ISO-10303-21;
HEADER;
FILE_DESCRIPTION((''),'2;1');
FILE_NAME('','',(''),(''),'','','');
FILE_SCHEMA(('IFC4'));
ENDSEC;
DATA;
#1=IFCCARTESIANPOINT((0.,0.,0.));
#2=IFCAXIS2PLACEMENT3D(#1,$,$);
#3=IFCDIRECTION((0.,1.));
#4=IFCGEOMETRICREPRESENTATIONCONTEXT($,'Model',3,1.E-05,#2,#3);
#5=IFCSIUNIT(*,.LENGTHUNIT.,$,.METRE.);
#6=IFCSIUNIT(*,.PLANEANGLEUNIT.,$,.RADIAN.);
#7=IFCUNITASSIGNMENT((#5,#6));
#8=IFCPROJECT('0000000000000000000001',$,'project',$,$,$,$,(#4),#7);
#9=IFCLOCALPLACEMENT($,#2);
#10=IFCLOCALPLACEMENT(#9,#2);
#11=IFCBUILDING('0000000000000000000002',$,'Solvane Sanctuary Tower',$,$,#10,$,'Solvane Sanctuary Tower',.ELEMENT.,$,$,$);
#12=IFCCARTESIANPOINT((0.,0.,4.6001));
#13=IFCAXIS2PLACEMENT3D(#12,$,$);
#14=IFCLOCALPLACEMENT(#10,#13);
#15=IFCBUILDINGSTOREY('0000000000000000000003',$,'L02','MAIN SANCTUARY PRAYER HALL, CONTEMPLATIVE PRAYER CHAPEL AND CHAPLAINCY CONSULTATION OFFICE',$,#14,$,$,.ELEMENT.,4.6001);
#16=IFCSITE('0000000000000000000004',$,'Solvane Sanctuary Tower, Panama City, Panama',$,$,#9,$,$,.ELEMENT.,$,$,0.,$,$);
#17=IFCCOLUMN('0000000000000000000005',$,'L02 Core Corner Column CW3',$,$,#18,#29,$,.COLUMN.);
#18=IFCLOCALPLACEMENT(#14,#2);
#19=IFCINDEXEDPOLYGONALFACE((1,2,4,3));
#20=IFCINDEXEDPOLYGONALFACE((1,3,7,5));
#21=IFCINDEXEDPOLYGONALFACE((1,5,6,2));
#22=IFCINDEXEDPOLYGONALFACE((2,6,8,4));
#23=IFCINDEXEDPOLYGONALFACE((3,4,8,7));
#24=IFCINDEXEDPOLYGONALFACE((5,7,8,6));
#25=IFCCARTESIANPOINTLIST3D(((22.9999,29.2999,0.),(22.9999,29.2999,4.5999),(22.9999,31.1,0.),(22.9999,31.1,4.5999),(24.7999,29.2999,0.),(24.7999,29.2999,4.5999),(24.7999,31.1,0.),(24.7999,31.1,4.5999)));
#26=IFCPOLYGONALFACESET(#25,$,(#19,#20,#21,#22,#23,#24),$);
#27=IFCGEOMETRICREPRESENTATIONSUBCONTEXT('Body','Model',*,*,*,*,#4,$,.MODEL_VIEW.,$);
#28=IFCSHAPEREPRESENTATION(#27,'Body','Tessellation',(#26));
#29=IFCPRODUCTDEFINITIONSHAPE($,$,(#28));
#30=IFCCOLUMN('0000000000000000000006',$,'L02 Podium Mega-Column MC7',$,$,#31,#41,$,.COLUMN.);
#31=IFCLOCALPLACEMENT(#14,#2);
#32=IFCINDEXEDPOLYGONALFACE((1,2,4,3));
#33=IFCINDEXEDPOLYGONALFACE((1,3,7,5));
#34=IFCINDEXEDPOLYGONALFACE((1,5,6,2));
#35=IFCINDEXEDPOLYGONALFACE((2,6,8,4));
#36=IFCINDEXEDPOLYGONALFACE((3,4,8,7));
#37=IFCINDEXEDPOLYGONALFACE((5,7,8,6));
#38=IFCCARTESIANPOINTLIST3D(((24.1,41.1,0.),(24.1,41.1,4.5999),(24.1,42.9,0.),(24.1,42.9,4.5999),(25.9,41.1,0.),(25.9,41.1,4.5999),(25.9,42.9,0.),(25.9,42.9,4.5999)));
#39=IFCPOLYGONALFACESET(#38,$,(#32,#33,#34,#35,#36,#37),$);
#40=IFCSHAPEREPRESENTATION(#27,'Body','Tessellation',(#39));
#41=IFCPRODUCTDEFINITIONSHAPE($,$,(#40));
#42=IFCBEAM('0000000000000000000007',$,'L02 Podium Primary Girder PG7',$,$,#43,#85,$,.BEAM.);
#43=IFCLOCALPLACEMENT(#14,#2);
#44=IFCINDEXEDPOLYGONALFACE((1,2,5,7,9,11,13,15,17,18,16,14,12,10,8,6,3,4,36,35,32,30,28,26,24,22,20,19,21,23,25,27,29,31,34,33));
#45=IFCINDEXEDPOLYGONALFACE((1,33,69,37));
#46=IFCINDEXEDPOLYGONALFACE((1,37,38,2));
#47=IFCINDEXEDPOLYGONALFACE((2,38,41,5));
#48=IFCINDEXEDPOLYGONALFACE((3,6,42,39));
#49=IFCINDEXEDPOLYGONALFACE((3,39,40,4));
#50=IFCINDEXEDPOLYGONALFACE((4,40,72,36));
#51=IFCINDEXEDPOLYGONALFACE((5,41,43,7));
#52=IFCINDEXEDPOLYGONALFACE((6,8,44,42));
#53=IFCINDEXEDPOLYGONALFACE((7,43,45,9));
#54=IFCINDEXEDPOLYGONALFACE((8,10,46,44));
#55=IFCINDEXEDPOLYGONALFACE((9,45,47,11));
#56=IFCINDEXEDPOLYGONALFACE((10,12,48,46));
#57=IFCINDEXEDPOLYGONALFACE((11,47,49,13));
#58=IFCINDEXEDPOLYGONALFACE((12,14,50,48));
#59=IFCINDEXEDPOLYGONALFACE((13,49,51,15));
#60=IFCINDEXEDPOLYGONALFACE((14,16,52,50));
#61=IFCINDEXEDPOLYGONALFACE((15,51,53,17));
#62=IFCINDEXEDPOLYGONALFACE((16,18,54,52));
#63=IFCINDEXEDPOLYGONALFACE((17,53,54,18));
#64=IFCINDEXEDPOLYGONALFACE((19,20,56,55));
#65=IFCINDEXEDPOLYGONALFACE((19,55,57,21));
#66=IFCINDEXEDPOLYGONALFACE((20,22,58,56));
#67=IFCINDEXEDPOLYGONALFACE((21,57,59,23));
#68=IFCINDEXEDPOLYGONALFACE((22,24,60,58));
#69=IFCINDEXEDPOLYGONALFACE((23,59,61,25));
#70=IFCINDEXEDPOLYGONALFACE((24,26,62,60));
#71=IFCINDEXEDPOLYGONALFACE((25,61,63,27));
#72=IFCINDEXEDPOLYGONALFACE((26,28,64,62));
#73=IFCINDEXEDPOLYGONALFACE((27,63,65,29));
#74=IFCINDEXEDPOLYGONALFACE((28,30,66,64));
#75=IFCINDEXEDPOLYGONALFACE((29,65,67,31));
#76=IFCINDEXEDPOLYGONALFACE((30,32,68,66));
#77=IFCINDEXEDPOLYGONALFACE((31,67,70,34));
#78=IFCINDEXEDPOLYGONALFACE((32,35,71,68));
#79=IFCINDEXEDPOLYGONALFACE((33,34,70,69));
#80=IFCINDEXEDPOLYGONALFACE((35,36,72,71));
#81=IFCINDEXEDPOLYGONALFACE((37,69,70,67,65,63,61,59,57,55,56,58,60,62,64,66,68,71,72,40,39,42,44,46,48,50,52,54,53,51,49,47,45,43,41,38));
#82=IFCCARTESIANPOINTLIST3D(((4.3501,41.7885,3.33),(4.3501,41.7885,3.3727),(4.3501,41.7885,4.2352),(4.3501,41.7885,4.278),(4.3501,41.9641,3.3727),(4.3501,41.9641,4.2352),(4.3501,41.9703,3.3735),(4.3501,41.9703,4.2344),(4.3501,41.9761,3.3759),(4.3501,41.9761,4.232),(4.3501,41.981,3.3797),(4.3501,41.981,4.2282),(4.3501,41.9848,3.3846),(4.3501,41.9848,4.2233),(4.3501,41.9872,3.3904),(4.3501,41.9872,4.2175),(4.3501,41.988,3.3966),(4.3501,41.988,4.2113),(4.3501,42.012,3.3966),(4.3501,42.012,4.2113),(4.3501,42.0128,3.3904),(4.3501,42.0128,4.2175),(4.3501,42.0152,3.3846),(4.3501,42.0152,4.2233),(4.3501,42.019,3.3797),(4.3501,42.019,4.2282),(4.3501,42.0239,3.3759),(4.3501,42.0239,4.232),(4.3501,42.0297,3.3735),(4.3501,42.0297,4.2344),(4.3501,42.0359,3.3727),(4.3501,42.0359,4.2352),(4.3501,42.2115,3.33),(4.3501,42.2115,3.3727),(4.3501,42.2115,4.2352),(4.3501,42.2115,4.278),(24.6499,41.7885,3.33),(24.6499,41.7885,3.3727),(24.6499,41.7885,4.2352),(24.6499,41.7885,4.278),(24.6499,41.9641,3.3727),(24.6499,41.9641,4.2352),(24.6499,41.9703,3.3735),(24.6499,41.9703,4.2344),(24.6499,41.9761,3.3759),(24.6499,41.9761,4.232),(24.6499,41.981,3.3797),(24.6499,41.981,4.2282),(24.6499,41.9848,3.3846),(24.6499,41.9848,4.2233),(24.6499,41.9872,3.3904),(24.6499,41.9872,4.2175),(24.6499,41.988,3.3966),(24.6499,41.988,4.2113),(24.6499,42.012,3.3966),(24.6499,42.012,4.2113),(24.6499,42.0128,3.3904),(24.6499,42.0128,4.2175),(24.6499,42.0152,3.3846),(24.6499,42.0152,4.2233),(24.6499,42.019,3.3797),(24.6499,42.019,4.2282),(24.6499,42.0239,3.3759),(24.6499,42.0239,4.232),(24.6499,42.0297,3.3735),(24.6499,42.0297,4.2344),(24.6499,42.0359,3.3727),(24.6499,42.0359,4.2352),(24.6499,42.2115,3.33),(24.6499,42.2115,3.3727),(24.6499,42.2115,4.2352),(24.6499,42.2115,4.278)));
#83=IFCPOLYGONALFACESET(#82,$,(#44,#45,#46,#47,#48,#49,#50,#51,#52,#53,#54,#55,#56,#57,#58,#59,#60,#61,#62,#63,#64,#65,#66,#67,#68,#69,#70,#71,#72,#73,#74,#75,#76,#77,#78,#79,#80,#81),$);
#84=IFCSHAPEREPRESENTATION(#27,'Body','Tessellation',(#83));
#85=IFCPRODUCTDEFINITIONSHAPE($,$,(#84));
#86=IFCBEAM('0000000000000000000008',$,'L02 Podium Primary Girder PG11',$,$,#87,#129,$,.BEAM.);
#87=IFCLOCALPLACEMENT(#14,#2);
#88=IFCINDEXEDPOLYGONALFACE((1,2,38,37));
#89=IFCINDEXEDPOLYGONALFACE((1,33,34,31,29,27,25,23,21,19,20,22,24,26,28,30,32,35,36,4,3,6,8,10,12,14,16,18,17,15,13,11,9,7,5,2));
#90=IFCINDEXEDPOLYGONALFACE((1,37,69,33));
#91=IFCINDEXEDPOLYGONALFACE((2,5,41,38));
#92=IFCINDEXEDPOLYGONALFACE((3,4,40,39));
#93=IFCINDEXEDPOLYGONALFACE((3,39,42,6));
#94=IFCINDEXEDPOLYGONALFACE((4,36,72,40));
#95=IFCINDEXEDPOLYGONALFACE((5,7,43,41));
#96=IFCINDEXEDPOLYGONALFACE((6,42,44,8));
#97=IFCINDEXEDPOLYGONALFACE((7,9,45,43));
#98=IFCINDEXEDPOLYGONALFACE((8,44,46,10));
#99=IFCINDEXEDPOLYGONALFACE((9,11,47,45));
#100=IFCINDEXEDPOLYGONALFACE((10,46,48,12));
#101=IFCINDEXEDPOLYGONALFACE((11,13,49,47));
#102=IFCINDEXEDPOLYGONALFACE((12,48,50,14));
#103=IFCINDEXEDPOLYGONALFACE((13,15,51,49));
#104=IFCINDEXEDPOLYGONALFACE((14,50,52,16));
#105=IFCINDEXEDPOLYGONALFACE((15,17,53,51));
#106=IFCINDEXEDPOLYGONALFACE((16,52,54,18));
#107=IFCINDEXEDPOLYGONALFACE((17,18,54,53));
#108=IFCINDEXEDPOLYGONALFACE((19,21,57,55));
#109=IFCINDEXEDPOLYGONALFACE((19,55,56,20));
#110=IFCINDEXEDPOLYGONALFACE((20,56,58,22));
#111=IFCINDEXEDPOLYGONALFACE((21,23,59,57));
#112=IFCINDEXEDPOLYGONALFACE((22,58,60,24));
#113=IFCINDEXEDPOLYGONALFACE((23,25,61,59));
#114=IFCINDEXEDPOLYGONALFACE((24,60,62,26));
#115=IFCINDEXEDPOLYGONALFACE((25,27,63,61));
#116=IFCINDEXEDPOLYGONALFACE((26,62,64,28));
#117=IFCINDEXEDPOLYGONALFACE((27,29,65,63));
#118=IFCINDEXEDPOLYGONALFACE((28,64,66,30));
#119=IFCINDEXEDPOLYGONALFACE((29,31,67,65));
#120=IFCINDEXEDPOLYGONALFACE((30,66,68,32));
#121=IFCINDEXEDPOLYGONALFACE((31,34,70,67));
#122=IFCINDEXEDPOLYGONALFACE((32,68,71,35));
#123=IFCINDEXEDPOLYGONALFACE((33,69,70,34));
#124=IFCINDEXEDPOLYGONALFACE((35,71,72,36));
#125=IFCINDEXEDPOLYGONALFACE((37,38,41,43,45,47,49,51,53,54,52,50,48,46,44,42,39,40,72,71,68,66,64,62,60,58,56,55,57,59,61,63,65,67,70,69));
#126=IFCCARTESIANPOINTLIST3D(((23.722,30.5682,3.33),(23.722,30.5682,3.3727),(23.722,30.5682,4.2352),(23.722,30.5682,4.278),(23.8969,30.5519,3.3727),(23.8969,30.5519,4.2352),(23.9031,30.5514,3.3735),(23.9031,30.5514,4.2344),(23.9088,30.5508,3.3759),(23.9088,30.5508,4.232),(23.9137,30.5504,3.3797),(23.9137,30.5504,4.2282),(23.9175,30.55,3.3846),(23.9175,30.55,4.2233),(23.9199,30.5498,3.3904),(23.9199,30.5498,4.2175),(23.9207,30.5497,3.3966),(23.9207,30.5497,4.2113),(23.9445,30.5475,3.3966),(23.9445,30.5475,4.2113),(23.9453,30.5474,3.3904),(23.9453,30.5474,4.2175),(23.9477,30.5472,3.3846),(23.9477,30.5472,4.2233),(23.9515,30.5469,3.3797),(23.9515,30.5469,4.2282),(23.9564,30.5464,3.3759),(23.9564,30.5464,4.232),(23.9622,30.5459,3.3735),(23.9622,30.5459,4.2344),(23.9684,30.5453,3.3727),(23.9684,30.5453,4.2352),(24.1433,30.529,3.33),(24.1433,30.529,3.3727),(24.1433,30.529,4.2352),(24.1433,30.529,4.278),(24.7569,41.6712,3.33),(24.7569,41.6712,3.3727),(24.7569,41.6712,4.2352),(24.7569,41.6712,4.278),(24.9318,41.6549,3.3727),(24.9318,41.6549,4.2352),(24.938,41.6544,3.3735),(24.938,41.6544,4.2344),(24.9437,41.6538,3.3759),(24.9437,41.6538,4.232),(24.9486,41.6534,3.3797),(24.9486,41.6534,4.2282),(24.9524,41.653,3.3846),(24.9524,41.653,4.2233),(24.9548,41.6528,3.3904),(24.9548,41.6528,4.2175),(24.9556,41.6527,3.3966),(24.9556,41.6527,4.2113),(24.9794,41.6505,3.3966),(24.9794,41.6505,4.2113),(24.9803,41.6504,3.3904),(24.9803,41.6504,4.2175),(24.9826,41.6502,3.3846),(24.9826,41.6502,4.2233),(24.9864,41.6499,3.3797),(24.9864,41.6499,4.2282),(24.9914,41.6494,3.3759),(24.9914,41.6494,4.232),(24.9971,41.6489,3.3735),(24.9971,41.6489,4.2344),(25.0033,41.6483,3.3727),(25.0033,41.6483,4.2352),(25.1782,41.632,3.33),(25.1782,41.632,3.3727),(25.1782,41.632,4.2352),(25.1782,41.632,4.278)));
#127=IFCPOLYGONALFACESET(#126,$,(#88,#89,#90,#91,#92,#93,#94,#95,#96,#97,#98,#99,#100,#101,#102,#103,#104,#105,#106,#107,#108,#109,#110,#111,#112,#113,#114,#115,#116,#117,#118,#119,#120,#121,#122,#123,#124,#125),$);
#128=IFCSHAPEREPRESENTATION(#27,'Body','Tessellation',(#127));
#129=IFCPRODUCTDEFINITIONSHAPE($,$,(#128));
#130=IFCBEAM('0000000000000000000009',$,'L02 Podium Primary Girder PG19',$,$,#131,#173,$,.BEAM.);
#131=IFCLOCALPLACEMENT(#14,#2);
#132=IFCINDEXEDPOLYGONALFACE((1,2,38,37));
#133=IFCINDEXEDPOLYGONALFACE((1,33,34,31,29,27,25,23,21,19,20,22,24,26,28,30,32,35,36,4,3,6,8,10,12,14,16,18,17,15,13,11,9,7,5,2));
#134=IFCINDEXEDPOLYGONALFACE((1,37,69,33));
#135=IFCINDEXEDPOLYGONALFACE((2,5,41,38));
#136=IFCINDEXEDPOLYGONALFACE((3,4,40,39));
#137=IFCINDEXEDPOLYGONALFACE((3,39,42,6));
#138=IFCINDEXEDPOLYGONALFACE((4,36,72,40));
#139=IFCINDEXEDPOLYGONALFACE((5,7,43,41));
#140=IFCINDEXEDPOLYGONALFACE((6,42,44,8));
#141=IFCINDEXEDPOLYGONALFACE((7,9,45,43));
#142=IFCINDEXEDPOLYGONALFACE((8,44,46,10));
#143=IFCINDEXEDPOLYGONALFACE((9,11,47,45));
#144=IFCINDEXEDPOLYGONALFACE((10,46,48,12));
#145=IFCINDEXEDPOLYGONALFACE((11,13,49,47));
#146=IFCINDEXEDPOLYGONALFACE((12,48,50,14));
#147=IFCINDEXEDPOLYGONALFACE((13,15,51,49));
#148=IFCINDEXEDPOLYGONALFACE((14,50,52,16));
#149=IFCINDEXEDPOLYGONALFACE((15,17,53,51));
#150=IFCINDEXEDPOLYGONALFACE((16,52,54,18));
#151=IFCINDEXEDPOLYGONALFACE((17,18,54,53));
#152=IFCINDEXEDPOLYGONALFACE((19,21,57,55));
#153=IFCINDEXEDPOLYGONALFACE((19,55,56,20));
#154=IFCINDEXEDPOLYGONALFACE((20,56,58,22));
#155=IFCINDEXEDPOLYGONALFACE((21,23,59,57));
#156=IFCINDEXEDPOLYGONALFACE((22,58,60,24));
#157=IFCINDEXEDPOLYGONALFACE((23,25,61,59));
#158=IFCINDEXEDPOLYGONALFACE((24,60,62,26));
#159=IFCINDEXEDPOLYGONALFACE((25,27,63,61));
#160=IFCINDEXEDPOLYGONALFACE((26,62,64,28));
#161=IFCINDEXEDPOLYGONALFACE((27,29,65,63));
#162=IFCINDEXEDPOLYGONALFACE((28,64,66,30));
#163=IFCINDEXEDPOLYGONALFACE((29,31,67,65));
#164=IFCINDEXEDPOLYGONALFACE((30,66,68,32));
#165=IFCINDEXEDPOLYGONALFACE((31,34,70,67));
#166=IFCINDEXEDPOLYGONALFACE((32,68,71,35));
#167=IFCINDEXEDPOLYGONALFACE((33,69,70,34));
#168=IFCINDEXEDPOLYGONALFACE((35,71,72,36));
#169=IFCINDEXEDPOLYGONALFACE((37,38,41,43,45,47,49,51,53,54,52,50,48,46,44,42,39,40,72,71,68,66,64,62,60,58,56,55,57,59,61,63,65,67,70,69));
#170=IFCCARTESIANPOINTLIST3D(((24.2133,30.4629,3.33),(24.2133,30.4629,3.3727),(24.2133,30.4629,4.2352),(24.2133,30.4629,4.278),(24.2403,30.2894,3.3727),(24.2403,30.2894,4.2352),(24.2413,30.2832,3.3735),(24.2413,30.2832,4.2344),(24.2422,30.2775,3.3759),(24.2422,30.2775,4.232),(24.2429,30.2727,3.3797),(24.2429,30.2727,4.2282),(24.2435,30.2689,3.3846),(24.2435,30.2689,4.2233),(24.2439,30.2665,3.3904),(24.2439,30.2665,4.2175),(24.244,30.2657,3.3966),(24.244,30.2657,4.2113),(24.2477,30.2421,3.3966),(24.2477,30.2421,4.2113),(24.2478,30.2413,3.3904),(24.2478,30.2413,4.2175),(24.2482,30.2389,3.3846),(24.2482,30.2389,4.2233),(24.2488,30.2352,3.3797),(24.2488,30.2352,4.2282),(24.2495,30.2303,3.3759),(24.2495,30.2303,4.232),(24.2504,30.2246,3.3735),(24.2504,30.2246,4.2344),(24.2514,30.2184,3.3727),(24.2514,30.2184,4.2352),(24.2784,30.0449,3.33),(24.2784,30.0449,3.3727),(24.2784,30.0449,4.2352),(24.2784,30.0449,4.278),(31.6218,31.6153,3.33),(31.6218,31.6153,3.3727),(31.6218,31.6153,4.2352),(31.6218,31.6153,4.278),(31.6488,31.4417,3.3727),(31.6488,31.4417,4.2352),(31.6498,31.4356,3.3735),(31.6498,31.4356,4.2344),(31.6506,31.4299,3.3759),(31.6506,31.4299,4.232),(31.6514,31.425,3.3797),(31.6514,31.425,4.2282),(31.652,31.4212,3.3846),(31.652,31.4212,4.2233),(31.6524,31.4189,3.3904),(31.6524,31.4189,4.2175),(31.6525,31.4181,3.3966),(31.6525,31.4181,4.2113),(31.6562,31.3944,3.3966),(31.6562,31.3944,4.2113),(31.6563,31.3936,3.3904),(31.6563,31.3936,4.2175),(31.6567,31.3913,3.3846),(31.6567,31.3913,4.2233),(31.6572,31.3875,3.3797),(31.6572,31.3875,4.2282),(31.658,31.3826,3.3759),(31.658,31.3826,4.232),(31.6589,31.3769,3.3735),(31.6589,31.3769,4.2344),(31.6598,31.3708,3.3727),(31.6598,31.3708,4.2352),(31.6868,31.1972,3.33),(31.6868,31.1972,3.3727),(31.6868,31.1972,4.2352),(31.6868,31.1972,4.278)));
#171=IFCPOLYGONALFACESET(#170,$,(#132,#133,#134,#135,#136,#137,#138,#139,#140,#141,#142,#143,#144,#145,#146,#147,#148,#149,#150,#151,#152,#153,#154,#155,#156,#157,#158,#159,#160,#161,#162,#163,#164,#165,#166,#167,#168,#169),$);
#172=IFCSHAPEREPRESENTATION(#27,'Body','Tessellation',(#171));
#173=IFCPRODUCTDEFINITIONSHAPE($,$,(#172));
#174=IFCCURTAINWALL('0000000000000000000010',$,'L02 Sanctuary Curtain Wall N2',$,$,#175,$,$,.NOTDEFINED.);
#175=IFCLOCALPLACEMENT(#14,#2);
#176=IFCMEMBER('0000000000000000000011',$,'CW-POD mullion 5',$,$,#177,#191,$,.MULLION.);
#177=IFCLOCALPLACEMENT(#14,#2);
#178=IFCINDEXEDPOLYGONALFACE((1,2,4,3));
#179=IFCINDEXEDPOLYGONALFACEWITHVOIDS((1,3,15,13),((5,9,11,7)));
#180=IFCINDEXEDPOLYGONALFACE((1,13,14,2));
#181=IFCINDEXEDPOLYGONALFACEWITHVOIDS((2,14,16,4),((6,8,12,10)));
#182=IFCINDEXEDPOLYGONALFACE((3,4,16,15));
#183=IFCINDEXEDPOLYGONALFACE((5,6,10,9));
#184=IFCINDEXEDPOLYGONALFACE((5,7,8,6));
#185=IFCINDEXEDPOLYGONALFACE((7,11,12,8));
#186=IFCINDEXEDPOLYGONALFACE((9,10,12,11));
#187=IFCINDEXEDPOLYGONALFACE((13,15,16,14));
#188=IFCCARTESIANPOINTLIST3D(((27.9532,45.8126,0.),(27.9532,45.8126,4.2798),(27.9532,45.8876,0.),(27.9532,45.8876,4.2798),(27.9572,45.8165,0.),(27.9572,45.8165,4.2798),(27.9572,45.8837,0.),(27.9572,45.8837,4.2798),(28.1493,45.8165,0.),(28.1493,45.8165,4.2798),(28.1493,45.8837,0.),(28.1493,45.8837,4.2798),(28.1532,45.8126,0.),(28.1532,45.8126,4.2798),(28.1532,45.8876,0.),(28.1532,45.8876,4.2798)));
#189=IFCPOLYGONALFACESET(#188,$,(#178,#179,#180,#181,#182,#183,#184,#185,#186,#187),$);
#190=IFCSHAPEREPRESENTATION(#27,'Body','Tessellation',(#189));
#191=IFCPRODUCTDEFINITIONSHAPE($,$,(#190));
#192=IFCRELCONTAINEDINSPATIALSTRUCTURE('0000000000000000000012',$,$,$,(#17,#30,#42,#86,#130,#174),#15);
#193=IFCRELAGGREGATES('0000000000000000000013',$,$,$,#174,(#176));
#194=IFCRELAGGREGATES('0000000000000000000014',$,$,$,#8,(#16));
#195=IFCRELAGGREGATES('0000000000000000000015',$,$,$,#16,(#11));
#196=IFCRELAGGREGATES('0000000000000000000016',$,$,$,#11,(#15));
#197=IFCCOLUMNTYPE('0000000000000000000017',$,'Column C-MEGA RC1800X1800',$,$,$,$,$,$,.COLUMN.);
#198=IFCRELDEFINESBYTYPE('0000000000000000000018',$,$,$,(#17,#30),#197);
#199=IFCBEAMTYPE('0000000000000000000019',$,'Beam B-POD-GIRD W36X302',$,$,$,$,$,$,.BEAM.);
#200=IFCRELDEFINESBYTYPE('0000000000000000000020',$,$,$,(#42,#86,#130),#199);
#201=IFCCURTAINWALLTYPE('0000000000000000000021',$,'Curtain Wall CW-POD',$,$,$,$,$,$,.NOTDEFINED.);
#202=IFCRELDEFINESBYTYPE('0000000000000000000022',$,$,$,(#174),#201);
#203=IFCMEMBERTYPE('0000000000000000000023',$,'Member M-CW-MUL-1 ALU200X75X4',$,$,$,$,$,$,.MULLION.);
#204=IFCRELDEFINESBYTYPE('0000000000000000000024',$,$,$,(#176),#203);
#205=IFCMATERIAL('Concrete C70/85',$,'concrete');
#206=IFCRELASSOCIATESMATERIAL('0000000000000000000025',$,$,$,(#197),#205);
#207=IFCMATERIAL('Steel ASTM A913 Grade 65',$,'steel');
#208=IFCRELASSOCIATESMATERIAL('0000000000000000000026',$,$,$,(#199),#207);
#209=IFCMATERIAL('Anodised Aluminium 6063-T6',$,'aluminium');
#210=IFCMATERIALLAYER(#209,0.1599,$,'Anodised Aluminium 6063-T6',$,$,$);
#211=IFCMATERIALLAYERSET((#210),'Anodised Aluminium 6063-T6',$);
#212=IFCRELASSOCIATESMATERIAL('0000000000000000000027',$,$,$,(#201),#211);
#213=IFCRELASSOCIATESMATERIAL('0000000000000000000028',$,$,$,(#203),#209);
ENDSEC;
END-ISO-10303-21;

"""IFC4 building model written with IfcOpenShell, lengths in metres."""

from ifc_helpers import new_model, si_unit, direction, frame, origin, origin_2d, place, context, subcontext, project, spatial, rectangle, hollow_rectangle, i_section, extrude, material, layer, layer_set, material_profile, profile_set, type_object, element, aggregate, save


model = new_model("IFC4")

# Units and contexts
model_context = context("Model", 3, precision=1e-05, world=origin(), true_north=direction((0.0, 1.0)))
body_context = subcontext(model_context, "Body", "Model", "MODEL_VIEW")
ifc_project = project(units=[si_unit("LENGTHUNIT", "METRE"), si_unit("PLANEANGLEUNIT", "RADIAN")], contexts=[model_context])

# Site, building, storey
site_placement = place(None, origin())
site = spatial("IfcSite", under=ifc_project, at=site_placement, Name="Solvane Sanctuary Tower, Panama City, Panama", CompositionType="ELEMENT", RefElevation=0.0)
building_placement = place(site_placement, origin())
building = spatial("IfcBuilding", under=site, at=building_placement, Name="Solvane Sanctuary Tower", LongName="Solvane Sanctuary Tower", CompositionType="ELEMENT")
storey_placement = place(building_placement, frame((0.0, 0.0, 4.6001)))
storey = spatial("IfcBuildingStorey", under=building, at=storey_placement, Name="L02", Description="MAIN SANCTUARY PRAYER HALL, CONTEMPLATIVE PRAYER CHAPEL AND CHAPLAINCY CONSULTATION OFFICE", CompositionType="ELEMENT", Elevation=4.6001)

# Columns
ifc_material_1 = material(Name="Concrete C70/85", Category="concrete")
ifc_material_profile_1 = material_profile(ifc_material_1, rectangle(XDim=1.8, YDim=1.8, at=origin_2d()), Name="RC1800X1800")
ifc_profile_set_1 = profile_set([ifc_material_profile_1], Name="Concrete C70/85")
column_type = type_object("IfcColumnType", Name="Column C-MEGA RC1800X1800", PredefinedType="COLUMN", material=ifc_profile_set_1)
for number, where, z_axis, x_axis, name in (
    (1, (23.8999, 30.2, 0.0), (0.0, 0.0, 1.0), (1.0, 0.0, 0.0), "L02 Core Corner Column CW3"),
    (2, (25.0, 42.0, 0.0), (0.0, 0.0, 1.0), (1.0, 0.0, 0.0), "L02 Podium Mega-Column MC7"),
):
    element("IfcColumn", number, at=place(storey_placement, frame(where, z_axis=z_axis, x_axis=x_axis)), inside=storey, type_object=column_type, Name=name, PredefinedType="COLUMN", context=body_context, shape_type="SweptSolid", body=[
        extrude(rectangle(XDim=1.8, YDim=1.8, at=origin_2d()), origin(), (0.0, 0.0, 1.0), 4.5999),
    ])

# Beams
ifc_material_2 = material(Name="Steel ASTM A913 Grade 65", Category="steel")
ifc_material_profile_2 = material_profile(ifc_material_2, i_section(OverallWidth=0.4231, OverallDepth=0.948, WebThickness=0.0239, FlangeThickness=0.0427, FilletRadius=0.0239, at=origin_2d()), Name="W36X302")
ifc_profile_set_2 = profile_set([ifc_material_profile_2], Name="Steel ASTM A913 Grade 65")
beam_type = type_object("IfcBeamType", Name="Beam B-POD-GIRD W36X302", PredefinedType="BEAM", material=ifc_profile_set_2)
beam_1_placement = place(storey_placement, frame((24.6499, 42.0, 3.804), z_axis=(-1.0, 0.0, 0.0), x_axis=(0.0, -1.0, 0.0)))
element("IfcBeam", 3, at=beam_1_placement, inside=storey, type_object=beam_type, Name="L02 Podium Primary Girder PG7", PredefinedType="BEAM", context=body_context, shape_type="SweptSolid", body=[
    extrude(i_section(OverallWidth=0.4231, OverallDepth=0.948, WebThickness=0.0239, FlangeThickness=0.0427, FilletRadius=0.0239, at=origin_2d()), origin(), (0.0, 0.0, 1.0), 20.2998),
])
beam_2_placement = place(storey_placement, frame((24.9675, 41.6516, 3.804), z_axis=(-0.092808, -0.995684, 0.0), x_axis=(0.995684, -0.092808, 0.0)))
element("IfcBeam", 4, at=beam_2_placement, inside=storey, type_object=beam_type, Name="L02 Podium Primary Girder PG11", PredefinedType="BEAM", context=body_context, shape_type="SweptSolid", body=[
    extrude(i_section(OverallWidth=0.4231, OverallDepth=0.948, WebThickness=0.0239, FlangeThickness=0.0427, FilletRadius=0.0239, at=origin_2d()), origin(), (0.0, 0.0, 1.0), 11.1511),
])
beam_3_placement = place(storey_placement, frame((24.2458, 30.2539, 3.804), z_axis=(0.988118, 0.153696, 0.0), x_axis=(-0.153696, 0.988118, 0.0)))
element("IfcBeam", 5, at=beam_3_placement, inside=storey, type_object=beam_type, Name="L02 Podium Primary Girder PG19", PredefinedType="BEAM", context=body_context, shape_type="SweptSolid", body=[
    extrude(i_section(OverallWidth=0.4231, OverallDepth=0.948, WebThickness=0.0239, FlangeThickness=0.0427, FilletRadius=0.0239, at=origin_2d()), origin(), (0.0, 0.0, 1.0), 7.4976),
])

# Curtain wall, member
ifc_material_3 = material(Name="Anodised Aluminium 6063-T6", Category="aluminium")
ifc_layer_1 = layer(ifc_material_3, 0.1599, Name="Anodised Aluminium 6063-T6")
ifc_layer_set_1 = layer_set([ifc_layer_1], Name="Anodised Aluminium 6063-T6")
curtain_wall_type_1 = type_object("IfcCurtainWallType", Name="Curtain Wall CW-POD", PredefinedType="NOTDEFINED", material=ifc_layer_set_1)
curtain_wall_1_placement = place(storey_placement, origin())
curtain_wall_1 = element("IfcCurtainWall", 6, at=curtain_wall_1_placement, inside=storey, type_object=curtain_wall_type_1, Name="L02 Sanctuary Curtain Wall N2", PredefinedType="NOTDEFINED")
ifc_material_profile_3 = material_profile(ifc_material_3, hollow_rectangle(XDim=0.075, YDim=0.2, WallThickness=0.0039, at=origin_2d()), Name="ALU200X75X4")
ifc_profile_set_3 = profile_set([ifc_material_profile_3], Name="Anodised Aluminium 6063-T6")
member_type_1 = type_object("IfcMemberType", Name="Member M-CW-MUL-1 ALU200X75X4", PredefinedType="MULLION", material=ifc_profile_set_3)
member_1_placement = place(storey_placement, frame((28.0532, 45.8501, 0.0), z_axis=(0.0, 0.0, 1.0), x_axis=(0.0, -1.0, 0.0)))
member_1 = element("IfcMember", 7, at=member_1_placement, type_object=member_type_1, Name="CW-POD mullion 5", PredefinedType="MULLION", context=body_context, shape_type="SweptSolid", body=[
    extrude(hollow_rectangle(XDim=0.075, YDim=0.2, WallThickness=0.0039, at=origin_2d()), origin(), (0.0, 0.0, 1.0), 4.2798),
])

aggregate(curtain_wall_1, [member_1])

save(model, "model.ifc")
